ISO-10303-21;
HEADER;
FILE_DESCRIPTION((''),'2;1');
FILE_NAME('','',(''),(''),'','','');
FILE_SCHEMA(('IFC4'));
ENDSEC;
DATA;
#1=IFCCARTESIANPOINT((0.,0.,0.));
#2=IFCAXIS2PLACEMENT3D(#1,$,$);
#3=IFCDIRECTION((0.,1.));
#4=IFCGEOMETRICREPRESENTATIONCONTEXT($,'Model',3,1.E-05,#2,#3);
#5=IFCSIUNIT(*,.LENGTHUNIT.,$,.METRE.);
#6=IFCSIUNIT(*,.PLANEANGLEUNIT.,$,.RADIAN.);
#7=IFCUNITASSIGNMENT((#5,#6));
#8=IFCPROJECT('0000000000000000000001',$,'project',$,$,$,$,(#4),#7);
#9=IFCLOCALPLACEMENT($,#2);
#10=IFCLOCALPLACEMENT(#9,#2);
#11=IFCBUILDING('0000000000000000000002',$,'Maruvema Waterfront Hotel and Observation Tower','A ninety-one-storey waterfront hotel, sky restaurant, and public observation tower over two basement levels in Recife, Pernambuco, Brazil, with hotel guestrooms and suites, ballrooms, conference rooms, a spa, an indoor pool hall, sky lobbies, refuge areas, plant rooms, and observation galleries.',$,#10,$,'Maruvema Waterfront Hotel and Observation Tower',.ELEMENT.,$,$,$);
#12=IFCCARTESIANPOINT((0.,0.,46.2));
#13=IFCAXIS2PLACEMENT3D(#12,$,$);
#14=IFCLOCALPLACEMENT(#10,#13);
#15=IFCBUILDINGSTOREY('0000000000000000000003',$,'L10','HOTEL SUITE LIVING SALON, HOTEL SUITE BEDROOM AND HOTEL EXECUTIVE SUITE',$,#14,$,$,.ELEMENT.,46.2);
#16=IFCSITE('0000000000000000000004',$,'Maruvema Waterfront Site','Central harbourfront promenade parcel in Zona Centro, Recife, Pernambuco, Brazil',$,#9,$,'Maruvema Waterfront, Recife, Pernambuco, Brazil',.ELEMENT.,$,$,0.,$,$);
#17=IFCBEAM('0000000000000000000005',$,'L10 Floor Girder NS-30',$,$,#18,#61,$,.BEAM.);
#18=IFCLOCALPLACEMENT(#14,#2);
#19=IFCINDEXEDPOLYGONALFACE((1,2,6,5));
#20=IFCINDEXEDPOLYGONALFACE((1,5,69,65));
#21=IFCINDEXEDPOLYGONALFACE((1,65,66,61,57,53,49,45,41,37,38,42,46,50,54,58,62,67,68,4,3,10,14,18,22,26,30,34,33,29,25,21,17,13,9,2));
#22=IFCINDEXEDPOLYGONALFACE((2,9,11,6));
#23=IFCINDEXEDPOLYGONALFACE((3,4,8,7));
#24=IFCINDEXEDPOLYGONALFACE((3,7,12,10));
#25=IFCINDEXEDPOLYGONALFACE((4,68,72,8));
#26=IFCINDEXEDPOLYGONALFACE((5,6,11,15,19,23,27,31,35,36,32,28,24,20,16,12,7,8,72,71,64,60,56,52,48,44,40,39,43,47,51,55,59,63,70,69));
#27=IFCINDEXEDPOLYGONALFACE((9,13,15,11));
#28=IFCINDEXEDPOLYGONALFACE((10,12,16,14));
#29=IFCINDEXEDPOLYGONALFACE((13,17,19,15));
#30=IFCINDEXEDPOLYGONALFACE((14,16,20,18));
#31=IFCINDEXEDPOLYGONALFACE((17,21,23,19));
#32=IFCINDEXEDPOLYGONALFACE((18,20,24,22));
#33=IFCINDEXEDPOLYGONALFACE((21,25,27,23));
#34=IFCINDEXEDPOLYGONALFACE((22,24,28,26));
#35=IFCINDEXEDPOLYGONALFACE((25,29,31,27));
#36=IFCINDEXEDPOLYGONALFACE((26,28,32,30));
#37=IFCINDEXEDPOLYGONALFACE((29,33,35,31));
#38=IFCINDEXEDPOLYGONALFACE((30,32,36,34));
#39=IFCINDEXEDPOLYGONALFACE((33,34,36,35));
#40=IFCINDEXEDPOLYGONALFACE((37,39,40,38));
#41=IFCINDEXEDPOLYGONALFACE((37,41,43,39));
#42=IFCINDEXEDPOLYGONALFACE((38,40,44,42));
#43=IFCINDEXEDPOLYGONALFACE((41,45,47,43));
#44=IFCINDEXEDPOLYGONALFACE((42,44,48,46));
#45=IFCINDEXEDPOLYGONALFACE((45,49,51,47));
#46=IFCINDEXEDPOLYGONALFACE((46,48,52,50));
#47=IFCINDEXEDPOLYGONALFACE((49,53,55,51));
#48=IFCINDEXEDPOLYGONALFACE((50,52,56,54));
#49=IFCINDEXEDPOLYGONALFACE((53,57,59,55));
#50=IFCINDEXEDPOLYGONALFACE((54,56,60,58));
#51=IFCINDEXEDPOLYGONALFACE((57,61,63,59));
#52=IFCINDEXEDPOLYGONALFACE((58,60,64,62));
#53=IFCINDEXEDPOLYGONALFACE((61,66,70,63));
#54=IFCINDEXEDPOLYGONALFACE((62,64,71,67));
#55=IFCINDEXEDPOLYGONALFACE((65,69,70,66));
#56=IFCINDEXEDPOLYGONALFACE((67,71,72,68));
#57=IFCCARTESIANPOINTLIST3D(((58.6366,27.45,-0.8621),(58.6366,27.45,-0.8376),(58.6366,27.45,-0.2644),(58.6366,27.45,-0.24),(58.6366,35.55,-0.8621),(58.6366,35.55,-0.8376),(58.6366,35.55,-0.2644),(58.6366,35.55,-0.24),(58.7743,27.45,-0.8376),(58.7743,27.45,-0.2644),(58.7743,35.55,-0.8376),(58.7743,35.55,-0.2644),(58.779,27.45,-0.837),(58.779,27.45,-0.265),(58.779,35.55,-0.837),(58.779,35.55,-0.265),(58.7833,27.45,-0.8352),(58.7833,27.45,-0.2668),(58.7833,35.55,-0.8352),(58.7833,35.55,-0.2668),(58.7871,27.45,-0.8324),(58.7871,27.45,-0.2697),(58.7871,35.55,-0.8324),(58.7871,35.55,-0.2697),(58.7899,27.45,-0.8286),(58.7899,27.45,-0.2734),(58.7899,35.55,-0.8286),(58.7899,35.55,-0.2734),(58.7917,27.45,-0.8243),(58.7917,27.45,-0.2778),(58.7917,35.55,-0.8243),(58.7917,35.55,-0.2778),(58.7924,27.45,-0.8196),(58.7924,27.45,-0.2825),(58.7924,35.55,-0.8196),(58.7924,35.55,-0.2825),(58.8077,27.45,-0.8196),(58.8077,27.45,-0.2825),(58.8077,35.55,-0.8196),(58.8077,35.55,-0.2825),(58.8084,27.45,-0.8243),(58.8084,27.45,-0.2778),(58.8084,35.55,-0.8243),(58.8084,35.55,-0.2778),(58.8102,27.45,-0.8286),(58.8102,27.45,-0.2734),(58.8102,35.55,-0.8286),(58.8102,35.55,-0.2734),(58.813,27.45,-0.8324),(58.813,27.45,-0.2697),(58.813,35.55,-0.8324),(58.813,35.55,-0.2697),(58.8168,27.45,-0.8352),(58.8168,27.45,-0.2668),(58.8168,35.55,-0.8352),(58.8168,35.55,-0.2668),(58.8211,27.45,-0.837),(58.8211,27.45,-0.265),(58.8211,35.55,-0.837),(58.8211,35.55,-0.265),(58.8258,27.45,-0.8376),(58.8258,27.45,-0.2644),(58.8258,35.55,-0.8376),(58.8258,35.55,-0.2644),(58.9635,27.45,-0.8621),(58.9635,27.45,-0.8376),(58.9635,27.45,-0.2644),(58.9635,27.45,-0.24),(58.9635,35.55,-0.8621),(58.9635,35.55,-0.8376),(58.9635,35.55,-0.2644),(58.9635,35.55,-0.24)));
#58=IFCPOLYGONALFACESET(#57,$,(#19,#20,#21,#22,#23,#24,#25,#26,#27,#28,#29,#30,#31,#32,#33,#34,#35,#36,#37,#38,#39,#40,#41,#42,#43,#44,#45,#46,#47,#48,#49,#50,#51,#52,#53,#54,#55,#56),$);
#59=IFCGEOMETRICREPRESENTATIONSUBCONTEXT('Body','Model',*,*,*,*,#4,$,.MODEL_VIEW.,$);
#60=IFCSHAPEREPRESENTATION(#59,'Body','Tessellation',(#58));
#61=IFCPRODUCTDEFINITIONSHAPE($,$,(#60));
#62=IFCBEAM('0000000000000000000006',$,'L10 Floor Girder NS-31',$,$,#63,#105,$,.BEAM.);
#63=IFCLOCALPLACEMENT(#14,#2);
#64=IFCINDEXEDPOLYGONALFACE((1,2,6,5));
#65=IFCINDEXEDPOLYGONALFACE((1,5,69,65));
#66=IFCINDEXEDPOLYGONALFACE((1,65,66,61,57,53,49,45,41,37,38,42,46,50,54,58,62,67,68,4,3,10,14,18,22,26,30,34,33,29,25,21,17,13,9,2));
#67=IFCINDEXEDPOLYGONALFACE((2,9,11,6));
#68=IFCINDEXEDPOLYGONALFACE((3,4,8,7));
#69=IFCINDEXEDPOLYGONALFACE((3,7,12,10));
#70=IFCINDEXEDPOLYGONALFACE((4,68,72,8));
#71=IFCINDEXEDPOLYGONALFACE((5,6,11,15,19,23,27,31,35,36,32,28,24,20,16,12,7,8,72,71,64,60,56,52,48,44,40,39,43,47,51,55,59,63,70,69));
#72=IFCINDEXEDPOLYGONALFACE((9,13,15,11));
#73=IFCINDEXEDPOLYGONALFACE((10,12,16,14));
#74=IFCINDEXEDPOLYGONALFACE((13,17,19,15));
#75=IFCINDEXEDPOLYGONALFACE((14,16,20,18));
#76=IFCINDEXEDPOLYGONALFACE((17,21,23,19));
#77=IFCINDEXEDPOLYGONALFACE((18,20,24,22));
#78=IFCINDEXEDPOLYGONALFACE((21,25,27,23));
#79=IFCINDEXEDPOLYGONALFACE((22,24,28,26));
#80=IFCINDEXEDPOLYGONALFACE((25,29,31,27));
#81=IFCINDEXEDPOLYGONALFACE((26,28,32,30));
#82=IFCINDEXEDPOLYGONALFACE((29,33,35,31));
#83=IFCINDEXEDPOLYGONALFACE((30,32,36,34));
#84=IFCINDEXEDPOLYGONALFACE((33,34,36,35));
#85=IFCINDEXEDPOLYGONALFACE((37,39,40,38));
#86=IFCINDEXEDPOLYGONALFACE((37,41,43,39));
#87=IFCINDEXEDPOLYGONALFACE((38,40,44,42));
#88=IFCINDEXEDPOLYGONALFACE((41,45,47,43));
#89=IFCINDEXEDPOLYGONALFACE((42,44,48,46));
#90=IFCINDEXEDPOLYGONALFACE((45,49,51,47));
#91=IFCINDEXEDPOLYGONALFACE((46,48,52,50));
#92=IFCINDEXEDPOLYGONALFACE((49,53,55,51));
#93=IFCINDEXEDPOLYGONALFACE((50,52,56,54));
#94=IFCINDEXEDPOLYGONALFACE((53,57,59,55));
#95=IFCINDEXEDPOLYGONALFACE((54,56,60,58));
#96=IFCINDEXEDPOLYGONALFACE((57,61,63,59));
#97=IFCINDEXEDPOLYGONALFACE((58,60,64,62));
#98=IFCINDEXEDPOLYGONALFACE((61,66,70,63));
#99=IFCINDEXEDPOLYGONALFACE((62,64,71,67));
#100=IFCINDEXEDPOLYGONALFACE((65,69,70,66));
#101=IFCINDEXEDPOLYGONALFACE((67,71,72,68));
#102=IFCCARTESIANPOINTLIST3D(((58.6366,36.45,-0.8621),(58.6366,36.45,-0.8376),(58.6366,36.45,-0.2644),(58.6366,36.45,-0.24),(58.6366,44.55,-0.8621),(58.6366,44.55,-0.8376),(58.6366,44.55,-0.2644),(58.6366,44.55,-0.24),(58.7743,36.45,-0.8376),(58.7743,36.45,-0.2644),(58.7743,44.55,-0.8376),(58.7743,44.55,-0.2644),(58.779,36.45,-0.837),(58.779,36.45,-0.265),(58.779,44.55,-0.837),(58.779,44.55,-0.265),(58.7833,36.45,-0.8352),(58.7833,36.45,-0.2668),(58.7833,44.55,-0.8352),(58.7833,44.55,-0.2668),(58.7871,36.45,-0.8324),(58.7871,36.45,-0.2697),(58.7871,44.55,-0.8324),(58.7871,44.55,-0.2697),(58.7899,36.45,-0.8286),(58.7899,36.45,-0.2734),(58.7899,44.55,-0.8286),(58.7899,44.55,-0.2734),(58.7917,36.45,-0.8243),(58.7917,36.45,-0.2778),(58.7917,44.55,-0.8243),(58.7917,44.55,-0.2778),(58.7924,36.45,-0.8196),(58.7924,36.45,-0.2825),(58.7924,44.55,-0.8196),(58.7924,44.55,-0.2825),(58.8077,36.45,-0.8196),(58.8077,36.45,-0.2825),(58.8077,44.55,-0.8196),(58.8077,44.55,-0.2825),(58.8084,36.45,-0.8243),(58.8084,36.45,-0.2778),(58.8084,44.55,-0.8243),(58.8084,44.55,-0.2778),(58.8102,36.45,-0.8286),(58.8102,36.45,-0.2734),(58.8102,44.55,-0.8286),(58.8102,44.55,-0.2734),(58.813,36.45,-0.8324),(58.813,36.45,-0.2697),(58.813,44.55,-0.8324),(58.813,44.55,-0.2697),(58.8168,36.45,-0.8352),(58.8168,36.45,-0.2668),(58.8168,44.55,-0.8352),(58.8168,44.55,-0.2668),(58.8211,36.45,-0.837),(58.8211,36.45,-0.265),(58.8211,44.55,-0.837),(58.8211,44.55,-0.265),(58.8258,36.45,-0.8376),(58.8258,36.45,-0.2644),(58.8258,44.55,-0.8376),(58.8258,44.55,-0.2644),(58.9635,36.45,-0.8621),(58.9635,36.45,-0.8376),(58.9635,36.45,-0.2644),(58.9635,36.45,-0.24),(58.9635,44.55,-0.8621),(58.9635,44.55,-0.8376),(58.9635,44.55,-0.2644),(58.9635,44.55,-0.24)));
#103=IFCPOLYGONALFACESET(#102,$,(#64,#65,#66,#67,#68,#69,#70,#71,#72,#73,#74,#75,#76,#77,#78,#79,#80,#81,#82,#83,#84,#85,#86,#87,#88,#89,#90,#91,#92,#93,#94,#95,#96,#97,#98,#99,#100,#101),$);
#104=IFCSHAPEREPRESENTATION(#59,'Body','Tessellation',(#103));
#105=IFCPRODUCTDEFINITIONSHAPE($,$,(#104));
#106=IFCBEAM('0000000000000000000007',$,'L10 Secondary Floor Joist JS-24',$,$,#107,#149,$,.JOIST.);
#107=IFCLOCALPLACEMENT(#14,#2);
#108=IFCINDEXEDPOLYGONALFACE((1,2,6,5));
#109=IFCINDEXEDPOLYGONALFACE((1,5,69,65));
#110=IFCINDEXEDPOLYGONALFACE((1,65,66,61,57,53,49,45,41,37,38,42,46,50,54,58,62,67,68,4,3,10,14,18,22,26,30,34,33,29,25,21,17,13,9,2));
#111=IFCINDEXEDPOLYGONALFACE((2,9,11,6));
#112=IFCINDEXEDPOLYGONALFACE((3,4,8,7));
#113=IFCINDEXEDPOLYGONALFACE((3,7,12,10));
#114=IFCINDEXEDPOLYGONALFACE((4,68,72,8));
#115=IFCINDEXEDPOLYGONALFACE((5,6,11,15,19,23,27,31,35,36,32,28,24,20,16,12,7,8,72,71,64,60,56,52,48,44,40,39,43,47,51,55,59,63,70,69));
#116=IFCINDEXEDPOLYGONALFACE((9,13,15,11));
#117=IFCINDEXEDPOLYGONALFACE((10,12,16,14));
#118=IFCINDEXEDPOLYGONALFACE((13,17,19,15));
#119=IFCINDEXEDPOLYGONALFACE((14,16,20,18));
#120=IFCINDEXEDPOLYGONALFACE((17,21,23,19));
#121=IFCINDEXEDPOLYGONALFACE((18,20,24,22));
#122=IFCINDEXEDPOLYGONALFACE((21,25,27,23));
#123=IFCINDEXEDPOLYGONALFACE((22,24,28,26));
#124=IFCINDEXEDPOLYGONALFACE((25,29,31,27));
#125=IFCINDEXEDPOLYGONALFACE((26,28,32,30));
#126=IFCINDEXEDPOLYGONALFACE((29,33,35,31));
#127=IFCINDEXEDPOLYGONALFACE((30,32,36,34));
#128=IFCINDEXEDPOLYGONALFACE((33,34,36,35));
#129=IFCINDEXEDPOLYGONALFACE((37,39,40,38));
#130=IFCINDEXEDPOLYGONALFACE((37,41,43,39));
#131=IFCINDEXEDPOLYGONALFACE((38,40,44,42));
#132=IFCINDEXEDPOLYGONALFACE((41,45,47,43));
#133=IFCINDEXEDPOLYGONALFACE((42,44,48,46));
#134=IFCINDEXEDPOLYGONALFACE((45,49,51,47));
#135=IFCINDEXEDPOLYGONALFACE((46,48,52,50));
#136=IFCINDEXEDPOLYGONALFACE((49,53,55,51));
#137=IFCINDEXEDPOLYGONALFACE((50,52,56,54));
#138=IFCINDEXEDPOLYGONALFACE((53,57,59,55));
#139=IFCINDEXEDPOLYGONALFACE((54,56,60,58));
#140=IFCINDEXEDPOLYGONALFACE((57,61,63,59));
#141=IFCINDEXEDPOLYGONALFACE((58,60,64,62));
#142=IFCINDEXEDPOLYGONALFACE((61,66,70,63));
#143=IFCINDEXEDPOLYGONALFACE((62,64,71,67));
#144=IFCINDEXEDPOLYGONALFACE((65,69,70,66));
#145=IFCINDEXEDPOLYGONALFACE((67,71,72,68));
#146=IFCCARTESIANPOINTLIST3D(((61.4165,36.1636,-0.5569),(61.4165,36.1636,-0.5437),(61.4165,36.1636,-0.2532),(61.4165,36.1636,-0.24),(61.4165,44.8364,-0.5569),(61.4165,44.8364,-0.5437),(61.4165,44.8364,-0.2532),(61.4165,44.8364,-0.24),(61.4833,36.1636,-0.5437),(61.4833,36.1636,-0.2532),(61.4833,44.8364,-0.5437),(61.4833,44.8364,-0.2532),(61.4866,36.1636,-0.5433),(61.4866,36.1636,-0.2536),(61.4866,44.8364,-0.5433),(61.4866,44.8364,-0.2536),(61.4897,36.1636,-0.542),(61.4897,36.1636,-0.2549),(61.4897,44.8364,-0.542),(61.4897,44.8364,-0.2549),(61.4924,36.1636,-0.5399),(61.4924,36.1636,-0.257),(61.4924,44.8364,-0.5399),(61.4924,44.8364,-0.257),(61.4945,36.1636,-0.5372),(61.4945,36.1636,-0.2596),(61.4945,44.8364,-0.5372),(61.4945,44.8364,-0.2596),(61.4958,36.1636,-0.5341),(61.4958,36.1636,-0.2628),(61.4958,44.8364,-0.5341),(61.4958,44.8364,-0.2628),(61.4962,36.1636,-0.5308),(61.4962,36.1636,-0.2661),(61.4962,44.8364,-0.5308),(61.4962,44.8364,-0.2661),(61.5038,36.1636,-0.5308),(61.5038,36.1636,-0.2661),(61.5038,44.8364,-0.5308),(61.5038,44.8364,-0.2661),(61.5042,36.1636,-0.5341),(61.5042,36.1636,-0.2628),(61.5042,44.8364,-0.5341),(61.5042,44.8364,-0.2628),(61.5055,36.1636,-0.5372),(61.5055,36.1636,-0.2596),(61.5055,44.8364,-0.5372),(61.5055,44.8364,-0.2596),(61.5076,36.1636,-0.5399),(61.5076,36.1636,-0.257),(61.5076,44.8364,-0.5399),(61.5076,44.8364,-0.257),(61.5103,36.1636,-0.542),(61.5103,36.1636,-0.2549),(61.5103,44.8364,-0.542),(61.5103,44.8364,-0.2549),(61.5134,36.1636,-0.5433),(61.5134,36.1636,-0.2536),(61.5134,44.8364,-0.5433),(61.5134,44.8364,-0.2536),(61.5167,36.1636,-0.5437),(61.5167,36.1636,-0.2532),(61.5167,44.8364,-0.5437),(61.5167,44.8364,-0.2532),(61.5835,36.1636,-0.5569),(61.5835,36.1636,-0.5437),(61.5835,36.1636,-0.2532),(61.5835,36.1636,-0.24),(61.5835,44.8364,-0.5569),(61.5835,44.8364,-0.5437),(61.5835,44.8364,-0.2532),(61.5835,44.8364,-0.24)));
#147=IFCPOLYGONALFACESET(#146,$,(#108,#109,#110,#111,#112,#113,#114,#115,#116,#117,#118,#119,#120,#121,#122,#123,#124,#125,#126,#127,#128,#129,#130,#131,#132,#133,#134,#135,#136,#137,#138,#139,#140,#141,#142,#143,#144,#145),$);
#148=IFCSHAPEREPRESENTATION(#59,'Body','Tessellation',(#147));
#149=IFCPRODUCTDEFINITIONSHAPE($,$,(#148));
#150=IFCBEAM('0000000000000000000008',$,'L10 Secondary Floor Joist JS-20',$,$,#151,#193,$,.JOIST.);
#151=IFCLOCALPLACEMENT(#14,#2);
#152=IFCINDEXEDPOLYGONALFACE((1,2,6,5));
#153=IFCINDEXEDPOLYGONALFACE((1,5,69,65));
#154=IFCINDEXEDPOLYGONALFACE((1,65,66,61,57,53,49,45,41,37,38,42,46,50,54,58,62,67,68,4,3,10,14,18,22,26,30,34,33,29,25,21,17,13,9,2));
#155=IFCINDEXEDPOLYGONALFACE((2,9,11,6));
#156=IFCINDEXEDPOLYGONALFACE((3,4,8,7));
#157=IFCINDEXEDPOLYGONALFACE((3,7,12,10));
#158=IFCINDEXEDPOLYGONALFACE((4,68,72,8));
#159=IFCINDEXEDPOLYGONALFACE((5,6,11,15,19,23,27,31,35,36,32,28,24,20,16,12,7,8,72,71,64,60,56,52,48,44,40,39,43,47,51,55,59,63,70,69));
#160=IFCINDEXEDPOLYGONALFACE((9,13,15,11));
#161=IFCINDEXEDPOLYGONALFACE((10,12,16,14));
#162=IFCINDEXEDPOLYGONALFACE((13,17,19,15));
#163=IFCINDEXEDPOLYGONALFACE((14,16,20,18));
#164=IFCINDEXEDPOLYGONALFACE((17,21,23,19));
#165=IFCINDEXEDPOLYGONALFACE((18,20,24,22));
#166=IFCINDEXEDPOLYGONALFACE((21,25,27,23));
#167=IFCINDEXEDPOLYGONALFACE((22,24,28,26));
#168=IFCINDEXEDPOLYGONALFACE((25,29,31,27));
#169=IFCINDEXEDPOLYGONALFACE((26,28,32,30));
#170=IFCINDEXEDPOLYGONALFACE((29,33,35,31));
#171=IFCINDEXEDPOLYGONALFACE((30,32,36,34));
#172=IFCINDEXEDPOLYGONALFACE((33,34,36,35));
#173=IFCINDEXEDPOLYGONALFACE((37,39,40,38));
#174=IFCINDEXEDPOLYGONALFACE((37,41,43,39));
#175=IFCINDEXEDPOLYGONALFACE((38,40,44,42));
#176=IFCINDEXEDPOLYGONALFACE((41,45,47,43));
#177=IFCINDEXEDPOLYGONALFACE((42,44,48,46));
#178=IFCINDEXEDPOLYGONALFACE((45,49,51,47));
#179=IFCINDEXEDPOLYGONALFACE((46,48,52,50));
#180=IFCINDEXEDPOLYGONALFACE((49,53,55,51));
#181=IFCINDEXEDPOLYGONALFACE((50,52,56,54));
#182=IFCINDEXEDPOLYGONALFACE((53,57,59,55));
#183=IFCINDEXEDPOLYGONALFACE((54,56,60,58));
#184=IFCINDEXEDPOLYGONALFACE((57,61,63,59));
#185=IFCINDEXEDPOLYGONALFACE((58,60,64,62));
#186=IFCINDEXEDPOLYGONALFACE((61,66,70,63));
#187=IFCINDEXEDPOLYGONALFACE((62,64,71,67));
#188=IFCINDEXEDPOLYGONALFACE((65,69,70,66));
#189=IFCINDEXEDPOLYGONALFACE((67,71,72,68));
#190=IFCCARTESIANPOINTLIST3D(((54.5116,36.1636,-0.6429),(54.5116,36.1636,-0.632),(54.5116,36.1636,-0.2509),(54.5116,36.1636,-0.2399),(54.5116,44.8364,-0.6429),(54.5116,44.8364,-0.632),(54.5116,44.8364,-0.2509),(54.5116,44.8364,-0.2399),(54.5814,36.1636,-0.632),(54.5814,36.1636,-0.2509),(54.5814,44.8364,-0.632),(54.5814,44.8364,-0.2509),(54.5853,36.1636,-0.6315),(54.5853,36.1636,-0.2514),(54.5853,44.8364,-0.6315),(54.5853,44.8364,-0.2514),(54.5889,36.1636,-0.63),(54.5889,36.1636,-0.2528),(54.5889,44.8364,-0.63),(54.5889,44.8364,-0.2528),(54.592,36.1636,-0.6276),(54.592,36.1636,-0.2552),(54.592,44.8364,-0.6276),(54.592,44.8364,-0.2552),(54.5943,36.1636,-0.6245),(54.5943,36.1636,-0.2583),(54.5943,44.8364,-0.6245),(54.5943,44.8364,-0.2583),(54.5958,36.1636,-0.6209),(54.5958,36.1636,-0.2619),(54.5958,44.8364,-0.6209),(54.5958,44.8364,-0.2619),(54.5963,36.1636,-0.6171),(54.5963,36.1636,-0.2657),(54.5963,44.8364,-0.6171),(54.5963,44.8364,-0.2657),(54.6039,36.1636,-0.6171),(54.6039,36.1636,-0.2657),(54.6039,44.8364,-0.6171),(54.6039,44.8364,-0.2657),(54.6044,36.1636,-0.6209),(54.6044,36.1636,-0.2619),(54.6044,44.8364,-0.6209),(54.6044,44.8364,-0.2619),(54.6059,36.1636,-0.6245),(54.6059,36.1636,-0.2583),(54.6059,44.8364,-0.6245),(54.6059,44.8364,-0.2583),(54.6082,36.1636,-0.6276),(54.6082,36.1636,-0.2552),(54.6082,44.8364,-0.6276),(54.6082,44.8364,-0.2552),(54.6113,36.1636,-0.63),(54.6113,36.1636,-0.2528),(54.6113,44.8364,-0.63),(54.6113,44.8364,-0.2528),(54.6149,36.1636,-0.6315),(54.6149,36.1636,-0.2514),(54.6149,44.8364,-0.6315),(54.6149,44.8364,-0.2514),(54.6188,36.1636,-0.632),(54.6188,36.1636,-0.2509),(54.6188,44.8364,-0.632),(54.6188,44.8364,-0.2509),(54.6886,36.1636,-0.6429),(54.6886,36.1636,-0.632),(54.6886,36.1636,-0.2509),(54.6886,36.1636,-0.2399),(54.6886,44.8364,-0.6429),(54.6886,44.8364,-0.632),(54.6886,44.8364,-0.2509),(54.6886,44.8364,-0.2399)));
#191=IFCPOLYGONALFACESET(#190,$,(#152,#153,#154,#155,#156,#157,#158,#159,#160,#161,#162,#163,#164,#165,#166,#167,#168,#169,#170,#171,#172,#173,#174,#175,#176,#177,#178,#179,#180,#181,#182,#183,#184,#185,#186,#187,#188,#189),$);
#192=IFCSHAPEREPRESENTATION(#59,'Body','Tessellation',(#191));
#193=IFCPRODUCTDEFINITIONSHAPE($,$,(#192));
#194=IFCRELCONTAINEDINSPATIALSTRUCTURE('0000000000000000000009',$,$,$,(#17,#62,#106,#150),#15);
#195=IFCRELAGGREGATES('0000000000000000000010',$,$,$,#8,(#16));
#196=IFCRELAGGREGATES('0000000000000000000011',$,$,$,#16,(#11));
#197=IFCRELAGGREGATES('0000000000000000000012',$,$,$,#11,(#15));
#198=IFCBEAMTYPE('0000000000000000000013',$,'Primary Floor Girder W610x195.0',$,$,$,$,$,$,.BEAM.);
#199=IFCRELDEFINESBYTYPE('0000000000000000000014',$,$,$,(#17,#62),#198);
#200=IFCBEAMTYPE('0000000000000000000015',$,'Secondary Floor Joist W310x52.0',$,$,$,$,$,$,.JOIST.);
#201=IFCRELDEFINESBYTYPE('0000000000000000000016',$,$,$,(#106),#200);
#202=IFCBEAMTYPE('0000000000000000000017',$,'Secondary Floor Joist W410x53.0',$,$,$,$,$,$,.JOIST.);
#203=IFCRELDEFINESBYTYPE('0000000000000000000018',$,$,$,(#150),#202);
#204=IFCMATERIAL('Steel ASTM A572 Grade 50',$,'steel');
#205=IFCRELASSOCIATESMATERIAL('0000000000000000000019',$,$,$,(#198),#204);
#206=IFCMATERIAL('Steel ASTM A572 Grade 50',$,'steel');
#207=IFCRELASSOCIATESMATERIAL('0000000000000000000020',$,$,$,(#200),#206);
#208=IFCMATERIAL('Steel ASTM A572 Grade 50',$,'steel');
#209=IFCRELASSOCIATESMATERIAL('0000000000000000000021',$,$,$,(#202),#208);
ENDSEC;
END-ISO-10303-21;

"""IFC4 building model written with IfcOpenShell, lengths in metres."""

from ifc_helpers import new_model, si_unit, direction, frame, origin, origin_2d, place, context, subcontext, project, spatial, i_section, extrude, material, material_profile, profile_set, type_object, element, save


model = new_model("IFC4")

# Units and contexts
model_context = context("Model", 3, precision=1e-05, world=origin(), true_north=direction((0.0, 1.0)))
body_context = subcontext(model_context, "Body", "Model", "MODEL_VIEW")
ifc_project = project(units=[si_unit("LENGTHUNIT", "METRE"), si_unit("PLANEANGLEUNIT", "RADIAN")], contexts=[model_context])

# Site, building, storey
site_placement = place(None, origin())
site = spatial("IfcSite", under=ifc_project, at=site_placement, Name="Maruvema Waterfront Site", Description="Central harbourfront promenade parcel in Zona Centro, Recife, Pernambuco, Brazil", LongName="Maruvema Waterfront, Recife, Pernambuco, Brazil", CompositionType="ELEMENT", RefElevation=0.0)
building_placement = place(site_placement, origin())
building = spatial("IfcBuilding", under=site, at=building_placement, Name="Maruvema Waterfront Hotel and Observation Tower", Description="A ninety-one-storey waterfront hotel, sky restaurant, and public observation tower over two basement levels in Recife, Pernambuco, Brazil, with hotel guestrooms and suites, ballrooms, conference rooms, a spa, an indoor pool hall, sky lobbies, refuge areas, plant rooms, and observation galleries.", LongName="Maruvema Waterfront Hotel and Observation Tower", CompositionType="ELEMENT")
storey_placement = place(building_placement, frame((0.0, 0.0, 46.2)))
storey = spatial("IfcBuildingStorey", under=building, at=storey_placement, Name="L10", Description="HOTEL SUITE LIVING SALON, HOTEL SUITE BEDROOM AND HOTEL EXECUTIVE SUITE", CompositionType="ELEMENT", Elevation=46.2)

# Beams
ifc_material_1 = material(Name="Steel ASTM A572 Grade 50", Category="steel")
ifc_material_profile_1 = material_profile(ifc_material_1, i_section(OverallWidth=0.3269, OverallDepth=0.6221, WebThickness=0.0154, FlangeThickness=0.0244, FilletRadius=0.0181, at=origin_2d()), Name="W610x195.0")
ifc_profile_set_1 = profile_set([ifc_material_profile_1], Name="Steel ASTM A572 Grade 50")
beam_type_1 = type_object("IfcBeamType", Name="Primary Floor Girder W610x195.0", PredefinedType="BEAM", material=ifc_profile_set_1)
for number, where, z_axis, x_axis, name in (
    (1, (58.8, 27.45, -0.551), (0.0, 1.0, 0.0), (-1.0, 0.0, 0.0), "L10 Floor Girder NS-30"),
    (2, (58.8, 36.45, -0.551), (0.0, 1.0, 0.0), (-1.0, 0.0, 0.0), "L10 Floor Girder NS-31"),
):
    element("IfcBeam", number, at=place(storey_placement, frame(where, z_axis=z_axis, x_axis=x_axis)), inside=storey, type_object=beam_type_1, Name=name, PredefinedType="BEAM", context=body_context, shape_type="SweptSolid", body=[
        extrude(i_section(OverallWidth=0.3269, OverallDepth=0.6221, WebThickness=0.0154, FlangeThickness=0.0244, FilletRadius=0.0181, at=origin_2d()), origin(), (0.0, 0.0, 1.0), 8.1001),
    ])
ifc_material_2 = material(Name="Steel ASTM A572 Grade 50", Category="steel")
ifc_material_profile_2 = material_profile(ifc_material_2, i_section(OverallWidth=0.167, OverallDepth=0.3169, WebThickness=0.0076, FlangeThickness=0.0132, FilletRadius=0.0129, at=origin_2d()), Name="W310x52.0")
ifc_profile_set_2 = profile_set([ifc_material_profile_2], Name="Steel ASTM A572 Grade 50")
beam_type_2 = type_object("IfcBeamType", Name="Secondary Floor Joist W310x52.0", PredefinedType="JOIST", material=ifc_profile_set_2)
beam_1_placement = place(storey_placement, frame((61.5, 36.1636, -0.3984), z_axis=(0.0, 1.0, 0.0), x_axis=(-1.0, 0.0, 0.0)))
element("IfcBeam", 3, at=beam_1_placement, inside=storey, type_object=beam_type_2, Name="L10 Secondary Floor Joist JS-24", PredefinedType="JOIST", context=body_context, shape_type="SweptSolid", body=[
    extrude(i_section(OverallWidth=0.167, OverallDepth=0.3169, WebThickness=0.0076, FlangeThickness=0.0132, FilletRadius=0.0129, at=origin_2d()), origin(), (0.0, 0.0, 1.0), 8.6729),
])
ifc_material_3 = material(Name="Steel ASTM A572 Grade 50", Category="steel")
ifc_material_profile_3 = material_profile(ifc_material_3, i_section(OverallWidth=0.177, OverallDepth=0.4031, WebThickness=0.0076, FlangeThickness=0.011, FilletRadius=0.0149, at=origin_2d()), Name="W410x53.0")
ifc_profile_set_3 = profile_set([ifc_material_profile_3], Name="Steel ASTM A572 Grade 50")
beam_type_3 = type_object("IfcBeamType", Name="Secondary Floor Joist W410x53.0", PredefinedType="JOIST", material=ifc_profile_set_3)
beam_2_placement = place(storey_placement, frame((54.6001, 36.1636, -0.4414), z_axis=(0.0, 1.0, 0.0), x_axis=(-1.0, 0.0, 0.0)))
element("IfcBeam", 4, at=beam_2_placement, inside=storey, type_object=beam_type_3, Name="L10 Secondary Floor Joist JS-20", PredefinedType="JOIST", context=body_context, shape_type="SweptSolid", body=[
    extrude(i_section(OverallWidth=0.177, OverallDepth=0.4031, WebThickness=0.0076, FlangeThickness=0.011, FilletRadius=0.0149, at=origin_2d()), origin(), (0.0, 0.0, 1.0), 8.6729),
])

save(model, "model.ifc")
